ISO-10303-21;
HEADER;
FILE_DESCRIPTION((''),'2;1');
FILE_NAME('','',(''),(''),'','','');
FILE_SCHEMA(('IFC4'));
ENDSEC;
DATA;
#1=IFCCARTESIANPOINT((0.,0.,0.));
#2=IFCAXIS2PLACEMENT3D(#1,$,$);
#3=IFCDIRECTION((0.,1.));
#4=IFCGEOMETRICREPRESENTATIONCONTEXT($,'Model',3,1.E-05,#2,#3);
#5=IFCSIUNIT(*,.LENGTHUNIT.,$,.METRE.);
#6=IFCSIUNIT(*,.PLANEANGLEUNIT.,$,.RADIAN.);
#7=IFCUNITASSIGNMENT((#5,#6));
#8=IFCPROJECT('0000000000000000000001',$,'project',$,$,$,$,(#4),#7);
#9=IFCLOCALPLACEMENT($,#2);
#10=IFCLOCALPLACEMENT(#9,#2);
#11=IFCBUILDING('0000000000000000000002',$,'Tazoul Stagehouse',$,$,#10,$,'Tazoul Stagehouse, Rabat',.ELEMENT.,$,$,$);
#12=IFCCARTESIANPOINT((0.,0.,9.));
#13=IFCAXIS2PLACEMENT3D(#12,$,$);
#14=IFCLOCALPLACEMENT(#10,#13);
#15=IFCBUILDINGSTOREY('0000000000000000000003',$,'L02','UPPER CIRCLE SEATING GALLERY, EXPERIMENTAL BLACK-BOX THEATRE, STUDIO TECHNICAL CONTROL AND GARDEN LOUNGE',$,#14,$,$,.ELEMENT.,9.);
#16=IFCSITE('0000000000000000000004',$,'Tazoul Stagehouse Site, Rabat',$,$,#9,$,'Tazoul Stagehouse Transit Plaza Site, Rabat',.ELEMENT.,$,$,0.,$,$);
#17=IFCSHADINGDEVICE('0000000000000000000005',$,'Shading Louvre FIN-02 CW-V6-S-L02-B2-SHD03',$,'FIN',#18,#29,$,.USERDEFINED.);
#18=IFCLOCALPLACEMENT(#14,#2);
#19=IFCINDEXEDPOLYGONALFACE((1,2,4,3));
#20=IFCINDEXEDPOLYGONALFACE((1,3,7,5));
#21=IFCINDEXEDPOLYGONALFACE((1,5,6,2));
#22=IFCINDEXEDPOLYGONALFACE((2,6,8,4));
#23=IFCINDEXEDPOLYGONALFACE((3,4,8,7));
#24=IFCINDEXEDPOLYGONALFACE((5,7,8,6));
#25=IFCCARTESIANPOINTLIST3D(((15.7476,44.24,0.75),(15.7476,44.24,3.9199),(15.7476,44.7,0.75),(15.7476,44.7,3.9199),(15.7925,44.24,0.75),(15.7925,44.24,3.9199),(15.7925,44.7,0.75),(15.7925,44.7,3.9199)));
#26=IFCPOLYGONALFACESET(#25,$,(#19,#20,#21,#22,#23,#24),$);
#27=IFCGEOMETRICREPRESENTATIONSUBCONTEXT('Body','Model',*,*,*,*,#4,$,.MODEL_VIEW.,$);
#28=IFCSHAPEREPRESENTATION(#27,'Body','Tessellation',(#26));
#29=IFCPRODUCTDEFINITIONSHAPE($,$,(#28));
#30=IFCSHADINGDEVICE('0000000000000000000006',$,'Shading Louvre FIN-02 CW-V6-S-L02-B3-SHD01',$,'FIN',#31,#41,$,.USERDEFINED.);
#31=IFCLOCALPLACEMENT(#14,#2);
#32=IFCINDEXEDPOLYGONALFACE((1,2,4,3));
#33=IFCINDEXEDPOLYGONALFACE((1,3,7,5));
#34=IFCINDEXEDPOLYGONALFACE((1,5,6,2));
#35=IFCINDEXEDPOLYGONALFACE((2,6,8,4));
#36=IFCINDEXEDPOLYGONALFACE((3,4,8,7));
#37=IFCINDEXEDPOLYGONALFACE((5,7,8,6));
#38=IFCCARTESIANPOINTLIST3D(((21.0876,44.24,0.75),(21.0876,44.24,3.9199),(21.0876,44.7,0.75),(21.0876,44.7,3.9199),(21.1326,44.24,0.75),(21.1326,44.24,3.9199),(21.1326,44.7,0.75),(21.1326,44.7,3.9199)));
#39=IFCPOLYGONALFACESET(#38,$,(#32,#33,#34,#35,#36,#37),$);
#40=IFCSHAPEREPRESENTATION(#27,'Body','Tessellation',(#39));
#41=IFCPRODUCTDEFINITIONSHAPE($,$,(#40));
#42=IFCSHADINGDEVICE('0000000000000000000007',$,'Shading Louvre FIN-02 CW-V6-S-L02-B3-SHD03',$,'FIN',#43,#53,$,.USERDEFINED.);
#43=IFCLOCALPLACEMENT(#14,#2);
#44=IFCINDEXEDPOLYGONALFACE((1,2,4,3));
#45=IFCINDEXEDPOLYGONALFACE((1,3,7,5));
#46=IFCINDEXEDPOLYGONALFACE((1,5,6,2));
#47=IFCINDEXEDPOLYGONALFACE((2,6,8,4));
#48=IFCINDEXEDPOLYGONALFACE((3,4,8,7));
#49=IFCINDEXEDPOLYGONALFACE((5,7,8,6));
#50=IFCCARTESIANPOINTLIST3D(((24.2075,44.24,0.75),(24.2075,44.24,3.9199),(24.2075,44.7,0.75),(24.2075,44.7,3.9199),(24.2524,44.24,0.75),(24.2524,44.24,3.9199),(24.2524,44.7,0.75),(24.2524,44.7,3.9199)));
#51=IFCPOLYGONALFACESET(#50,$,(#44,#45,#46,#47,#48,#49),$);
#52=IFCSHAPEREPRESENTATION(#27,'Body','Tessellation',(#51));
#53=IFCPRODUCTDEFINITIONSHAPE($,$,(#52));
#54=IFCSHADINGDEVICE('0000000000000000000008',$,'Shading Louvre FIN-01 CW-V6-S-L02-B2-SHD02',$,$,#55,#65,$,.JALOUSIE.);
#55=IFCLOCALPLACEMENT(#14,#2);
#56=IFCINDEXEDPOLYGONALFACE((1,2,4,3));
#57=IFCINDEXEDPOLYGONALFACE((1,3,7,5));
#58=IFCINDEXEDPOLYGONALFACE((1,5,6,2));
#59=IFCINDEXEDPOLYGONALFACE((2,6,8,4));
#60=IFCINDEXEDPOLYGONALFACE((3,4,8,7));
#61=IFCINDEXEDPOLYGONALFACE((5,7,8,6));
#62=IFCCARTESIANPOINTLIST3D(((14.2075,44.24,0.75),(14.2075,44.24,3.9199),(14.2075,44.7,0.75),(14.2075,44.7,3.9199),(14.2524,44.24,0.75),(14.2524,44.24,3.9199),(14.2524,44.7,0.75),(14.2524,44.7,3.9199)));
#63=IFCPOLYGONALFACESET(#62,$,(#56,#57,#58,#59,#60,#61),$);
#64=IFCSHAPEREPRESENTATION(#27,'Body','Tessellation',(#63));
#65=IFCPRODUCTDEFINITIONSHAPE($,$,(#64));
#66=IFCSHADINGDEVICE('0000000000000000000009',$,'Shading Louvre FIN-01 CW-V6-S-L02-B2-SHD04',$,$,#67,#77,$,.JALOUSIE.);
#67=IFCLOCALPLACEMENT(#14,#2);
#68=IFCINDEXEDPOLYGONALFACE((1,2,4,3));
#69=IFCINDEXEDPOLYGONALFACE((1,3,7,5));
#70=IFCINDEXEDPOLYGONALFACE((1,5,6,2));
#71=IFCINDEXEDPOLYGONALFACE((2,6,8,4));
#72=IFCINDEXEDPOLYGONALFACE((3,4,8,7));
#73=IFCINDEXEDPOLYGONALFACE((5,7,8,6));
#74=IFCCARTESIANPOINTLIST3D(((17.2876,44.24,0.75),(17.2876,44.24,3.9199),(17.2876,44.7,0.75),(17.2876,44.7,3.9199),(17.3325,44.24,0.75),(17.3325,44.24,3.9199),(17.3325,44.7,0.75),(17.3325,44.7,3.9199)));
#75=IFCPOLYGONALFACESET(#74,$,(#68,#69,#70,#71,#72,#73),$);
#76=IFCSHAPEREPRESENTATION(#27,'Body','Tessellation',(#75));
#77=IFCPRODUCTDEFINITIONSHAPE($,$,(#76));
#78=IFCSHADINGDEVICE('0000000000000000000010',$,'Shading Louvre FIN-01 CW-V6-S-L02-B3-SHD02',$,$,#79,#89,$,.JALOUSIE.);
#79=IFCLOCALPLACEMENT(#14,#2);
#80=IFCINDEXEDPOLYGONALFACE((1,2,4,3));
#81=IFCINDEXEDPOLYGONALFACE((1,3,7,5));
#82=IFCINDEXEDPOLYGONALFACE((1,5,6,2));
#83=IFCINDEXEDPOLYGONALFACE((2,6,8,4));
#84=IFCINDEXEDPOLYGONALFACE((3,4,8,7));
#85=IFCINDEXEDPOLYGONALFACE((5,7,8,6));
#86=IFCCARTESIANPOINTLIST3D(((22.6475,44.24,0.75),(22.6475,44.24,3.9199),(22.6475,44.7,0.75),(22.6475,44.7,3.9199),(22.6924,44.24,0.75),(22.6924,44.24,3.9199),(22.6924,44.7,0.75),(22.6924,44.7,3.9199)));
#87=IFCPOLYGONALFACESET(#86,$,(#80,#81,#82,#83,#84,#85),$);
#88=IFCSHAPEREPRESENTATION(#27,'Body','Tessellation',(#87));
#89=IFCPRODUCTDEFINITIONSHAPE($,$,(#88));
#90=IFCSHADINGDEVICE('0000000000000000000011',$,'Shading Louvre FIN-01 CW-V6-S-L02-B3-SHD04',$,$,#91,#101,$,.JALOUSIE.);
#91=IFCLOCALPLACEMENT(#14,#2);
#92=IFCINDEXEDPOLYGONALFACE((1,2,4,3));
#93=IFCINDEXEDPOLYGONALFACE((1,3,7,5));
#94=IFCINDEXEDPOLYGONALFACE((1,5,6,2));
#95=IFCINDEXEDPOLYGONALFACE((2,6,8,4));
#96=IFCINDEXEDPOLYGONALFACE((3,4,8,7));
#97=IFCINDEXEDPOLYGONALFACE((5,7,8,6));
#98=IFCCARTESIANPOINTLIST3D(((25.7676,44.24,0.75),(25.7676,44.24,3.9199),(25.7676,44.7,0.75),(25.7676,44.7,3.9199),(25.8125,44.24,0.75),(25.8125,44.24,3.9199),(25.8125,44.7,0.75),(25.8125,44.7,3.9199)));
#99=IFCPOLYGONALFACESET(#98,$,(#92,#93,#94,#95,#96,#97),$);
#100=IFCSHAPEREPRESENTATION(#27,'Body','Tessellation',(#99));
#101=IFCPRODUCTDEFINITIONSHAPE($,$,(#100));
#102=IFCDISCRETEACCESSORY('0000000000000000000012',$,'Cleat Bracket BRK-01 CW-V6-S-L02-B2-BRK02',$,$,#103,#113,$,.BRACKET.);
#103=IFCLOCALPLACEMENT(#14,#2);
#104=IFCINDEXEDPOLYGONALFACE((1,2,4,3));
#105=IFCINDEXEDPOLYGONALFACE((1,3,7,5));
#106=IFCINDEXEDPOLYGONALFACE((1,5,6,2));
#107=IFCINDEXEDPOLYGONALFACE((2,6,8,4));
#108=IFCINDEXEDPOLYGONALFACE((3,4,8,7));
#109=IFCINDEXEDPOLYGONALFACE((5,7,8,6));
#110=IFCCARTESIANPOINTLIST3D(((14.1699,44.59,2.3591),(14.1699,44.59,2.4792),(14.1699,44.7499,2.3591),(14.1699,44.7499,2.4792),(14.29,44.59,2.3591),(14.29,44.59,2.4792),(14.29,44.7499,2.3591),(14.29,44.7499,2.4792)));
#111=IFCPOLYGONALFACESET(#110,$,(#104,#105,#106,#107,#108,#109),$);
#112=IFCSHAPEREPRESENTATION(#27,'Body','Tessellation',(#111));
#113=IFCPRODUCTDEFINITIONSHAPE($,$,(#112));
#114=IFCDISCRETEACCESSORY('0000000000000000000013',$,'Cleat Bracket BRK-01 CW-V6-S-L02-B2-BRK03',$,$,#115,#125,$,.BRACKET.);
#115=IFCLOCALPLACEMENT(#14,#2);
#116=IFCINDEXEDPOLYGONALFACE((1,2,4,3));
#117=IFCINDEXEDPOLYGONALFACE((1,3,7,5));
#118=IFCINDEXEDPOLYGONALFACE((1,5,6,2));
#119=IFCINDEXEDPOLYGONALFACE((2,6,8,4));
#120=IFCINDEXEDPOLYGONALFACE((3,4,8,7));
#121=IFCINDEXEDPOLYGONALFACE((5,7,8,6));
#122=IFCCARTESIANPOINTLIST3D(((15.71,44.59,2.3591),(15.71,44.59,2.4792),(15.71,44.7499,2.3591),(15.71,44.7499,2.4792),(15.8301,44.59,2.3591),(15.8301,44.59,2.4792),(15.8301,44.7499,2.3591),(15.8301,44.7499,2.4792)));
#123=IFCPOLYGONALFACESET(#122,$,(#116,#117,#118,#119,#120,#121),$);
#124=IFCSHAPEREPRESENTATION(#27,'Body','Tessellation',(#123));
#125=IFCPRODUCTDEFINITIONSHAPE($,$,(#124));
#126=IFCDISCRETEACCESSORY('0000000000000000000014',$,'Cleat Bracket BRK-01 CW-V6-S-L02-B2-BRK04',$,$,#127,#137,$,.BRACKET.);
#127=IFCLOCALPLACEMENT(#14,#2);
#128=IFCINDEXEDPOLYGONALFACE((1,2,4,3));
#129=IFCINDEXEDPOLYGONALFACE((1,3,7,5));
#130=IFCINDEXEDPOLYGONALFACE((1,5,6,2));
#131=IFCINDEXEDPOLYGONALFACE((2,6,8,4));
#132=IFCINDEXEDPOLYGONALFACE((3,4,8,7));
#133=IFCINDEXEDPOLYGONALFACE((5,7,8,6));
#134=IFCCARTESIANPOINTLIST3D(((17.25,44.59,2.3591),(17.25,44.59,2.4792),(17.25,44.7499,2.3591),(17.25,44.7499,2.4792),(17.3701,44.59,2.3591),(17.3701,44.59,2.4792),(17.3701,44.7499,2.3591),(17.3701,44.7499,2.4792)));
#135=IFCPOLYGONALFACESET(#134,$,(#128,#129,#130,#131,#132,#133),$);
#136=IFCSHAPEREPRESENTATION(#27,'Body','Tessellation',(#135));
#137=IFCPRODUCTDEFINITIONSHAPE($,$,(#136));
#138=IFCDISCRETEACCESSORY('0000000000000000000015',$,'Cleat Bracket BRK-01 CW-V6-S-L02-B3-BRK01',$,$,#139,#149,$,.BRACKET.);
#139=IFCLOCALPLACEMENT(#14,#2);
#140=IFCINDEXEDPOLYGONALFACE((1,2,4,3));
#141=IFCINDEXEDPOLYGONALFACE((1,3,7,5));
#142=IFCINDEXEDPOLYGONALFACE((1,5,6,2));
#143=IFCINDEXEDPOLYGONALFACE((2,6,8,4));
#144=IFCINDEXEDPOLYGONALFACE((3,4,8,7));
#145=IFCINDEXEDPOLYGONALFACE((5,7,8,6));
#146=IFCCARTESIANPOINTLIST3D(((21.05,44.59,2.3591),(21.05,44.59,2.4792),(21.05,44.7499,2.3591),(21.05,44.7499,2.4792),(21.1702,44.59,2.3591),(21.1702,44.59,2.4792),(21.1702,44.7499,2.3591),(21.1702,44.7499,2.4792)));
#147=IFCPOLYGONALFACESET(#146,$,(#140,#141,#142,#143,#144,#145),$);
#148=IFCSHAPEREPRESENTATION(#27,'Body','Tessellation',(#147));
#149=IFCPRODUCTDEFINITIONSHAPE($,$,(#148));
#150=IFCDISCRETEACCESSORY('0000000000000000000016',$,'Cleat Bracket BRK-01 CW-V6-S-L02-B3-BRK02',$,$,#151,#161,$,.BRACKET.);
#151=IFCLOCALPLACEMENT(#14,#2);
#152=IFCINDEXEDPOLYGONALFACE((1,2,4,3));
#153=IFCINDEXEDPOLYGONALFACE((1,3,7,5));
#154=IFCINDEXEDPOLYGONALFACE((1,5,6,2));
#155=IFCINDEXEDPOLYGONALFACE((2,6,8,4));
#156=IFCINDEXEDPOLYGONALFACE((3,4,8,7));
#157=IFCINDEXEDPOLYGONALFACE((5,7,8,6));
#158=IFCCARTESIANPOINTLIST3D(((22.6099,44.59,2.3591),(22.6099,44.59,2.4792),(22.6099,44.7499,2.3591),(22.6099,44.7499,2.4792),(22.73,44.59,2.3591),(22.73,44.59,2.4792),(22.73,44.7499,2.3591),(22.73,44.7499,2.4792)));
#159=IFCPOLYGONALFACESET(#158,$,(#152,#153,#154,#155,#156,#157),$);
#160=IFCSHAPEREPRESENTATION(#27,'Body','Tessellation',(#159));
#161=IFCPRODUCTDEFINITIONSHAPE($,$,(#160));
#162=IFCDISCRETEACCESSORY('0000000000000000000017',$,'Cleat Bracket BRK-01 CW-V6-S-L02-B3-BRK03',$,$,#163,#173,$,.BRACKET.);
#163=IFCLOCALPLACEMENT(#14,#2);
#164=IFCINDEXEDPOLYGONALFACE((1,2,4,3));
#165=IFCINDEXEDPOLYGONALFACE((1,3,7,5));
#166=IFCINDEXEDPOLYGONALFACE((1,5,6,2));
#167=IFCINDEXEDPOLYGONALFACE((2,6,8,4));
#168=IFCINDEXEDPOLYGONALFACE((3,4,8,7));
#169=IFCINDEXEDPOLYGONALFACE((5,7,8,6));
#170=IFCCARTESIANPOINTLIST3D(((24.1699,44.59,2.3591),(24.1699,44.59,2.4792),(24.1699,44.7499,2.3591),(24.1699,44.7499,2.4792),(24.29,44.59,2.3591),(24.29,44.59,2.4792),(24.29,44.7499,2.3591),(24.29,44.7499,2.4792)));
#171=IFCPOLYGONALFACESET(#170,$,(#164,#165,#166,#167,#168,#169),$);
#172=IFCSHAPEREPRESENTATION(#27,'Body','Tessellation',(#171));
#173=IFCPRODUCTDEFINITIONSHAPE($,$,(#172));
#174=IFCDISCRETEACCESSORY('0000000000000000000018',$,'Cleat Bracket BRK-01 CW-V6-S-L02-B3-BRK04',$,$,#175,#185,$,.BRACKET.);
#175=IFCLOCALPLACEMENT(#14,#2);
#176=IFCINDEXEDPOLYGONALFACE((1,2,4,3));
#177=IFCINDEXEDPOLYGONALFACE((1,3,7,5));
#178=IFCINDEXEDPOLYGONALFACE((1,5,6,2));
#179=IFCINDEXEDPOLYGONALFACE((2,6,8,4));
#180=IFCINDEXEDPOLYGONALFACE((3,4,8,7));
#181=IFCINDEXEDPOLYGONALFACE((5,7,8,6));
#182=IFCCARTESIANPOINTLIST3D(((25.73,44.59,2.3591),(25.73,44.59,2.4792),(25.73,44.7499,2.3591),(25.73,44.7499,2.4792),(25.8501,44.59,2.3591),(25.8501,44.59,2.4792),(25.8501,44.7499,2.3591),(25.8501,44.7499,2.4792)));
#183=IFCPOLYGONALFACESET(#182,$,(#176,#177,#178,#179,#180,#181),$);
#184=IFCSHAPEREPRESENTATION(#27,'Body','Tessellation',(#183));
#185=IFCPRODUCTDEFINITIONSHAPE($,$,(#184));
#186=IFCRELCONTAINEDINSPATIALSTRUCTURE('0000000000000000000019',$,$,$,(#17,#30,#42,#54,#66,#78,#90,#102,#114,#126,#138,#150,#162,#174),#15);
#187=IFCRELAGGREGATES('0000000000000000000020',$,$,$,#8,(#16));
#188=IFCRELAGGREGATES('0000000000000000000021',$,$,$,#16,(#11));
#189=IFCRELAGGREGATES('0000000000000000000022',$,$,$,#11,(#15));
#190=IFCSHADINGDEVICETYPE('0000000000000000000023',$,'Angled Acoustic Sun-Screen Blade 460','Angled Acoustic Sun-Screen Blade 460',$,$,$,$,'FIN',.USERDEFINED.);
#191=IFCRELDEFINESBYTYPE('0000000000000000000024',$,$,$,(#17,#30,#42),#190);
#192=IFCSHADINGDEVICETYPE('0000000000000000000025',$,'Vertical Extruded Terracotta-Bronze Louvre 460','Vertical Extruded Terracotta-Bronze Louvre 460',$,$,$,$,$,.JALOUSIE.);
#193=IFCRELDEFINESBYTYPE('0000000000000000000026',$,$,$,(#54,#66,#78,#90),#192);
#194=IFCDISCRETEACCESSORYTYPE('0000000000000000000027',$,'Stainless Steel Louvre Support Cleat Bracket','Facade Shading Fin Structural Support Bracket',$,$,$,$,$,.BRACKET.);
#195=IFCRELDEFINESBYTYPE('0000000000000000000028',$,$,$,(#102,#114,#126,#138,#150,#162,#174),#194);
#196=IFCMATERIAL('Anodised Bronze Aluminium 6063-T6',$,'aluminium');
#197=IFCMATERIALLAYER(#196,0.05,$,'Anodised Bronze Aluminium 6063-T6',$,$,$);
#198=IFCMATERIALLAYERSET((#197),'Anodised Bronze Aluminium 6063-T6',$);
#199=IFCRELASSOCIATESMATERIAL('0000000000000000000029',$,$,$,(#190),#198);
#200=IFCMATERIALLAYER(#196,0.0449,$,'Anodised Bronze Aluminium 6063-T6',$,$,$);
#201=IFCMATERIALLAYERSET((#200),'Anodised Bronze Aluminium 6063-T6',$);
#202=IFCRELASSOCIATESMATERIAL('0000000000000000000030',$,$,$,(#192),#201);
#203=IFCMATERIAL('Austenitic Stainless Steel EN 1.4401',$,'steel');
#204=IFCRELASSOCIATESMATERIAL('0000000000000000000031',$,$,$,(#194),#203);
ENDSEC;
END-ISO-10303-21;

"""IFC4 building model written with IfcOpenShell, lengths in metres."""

from ifc_helpers import new_model, si_unit, direction, frame, origin, origin_2d, place, context, subcontext, project, spatial, rectangle, extrude, material, layer, layer_set, type_object, element, save


model = new_model("IFC4")

# Units and contexts
model_context = context("Model", 3, precision=1e-05, world=origin(), true_north=direction((0.0, 1.0)))
body_context = subcontext(model_context, "Body", "Model", "MODEL_VIEW")
ifc_project = project(units=[si_unit("LENGTHUNIT", "METRE"), si_unit("PLANEANGLEUNIT", "RADIAN")], contexts=[model_context])

# Site, building, storey
site_placement = place(None, origin())
site = spatial("IfcSite", under=ifc_project, at=site_placement, Name="Tazoul Stagehouse Site, Rabat", LongName="Tazoul Stagehouse Transit Plaza Site, Rabat", CompositionType="ELEMENT", RefElevation=0.0)
building_placement = place(site_placement, origin())
building = spatial("IfcBuilding", under=site, at=building_placement, Name="Tazoul Stagehouse", LongName="Tazoul Stagehouse, Rabat", CompositionType="ELEMENT")
storey_placement = place(building_placement, frame((0.0, 0.0, 9.0)))
storey = spatial("IfcBuildingStorey", under=building, at=storey_placement, Name="L02", Description="UPPER CIRCLE SEATING GALLERY, EXPERIMENTAL BLACK-BOX THEATRE, STUDIO TECHNICAL CONTROL AND GARDEN LOUNGE", CompositionType="ELEMENT", Elevation=9.0)

# Shared definitions
ifc_material_1 = material(Name="Anodised Bronze Aluminium 6063-T6", Category="aluminium")

# Shading devices
ifc_layer_1 = layer(ifc_material_1, 0.05, Name="Anodised Bronze Aluminium 6063-T6")
ifc_layer_set_1 = layer_set([ifc_layer_1], Name="Anodised Bronze Aluminium 6063-T6")
shading_device_type_1 = type_object("IfcShadingDeviceType", Name="Angled Acoustic Sun-Screen Blade 460", Description="Angled Acoustic Sun-Screen Blade 460", ElementType="FIN", PredefinedType="USERDEFINED", material=ifc_layer_set_1)
for number, where, z_axis, x_axis, name in (
    (1, (15.77, 44.47, 0.75), (0.0, 0.0, 1.0), (1.0, 0.0, 0.0), "Shading Louvre FIN-02 CW-V6-S-L02-B2-SHD03"),
    (2, (21.1101, 44.47, 0.75), (0.0, 0.0, 1.0), (1.0, 0.0, 0.0), "Shading Louvre FIN-02 CW-V6-S-L02-B3-SHD01"),
    (3, (24.23, 44.47, 0.75), (0.0, 0.0, 1.0), (1.0, 0.0, 0.0), "Shading Louvre FIN-02 CW-V6-S-L02-B3-SHD03"),
):
    element("IfcShadingDevice", number, at=place(storey_placement, frame(where, z_axis=z_axis, x_axis=x_axis)), inside=storey, type_object=shading_device_type_1, Name=name, ObjectType="FIN", PredefinedType="USERDEFINED", context=body_context, shape_type="SweptSolid", body=[
        extrude(rectangle(XDim=0.0449, YDim=0.46, at=origin_2d()), origin(), (0.0, 0.0, 1.0), 3.1699),
    ])
ifc_layer_2 = layer(ifc_material_1, 0.0449, Name="Anodised Bronze Aluminium 6063-T6")
ifc_layer_set_2 = layer_set([ifc_layer_2], Name="Anodised Bronze Aluminium 6063-T6")
shading_device_type_2 = type_object("IfcShadingDeviceType", Name="Vertical Extruded Terracotta-Bronze Louvre 460", Description="Vertical Extruded Terracotta-Bronze Louvre 460", PredefinedType="JALOUSIE", material=ifc_layer_set_2)
for number, where, z_axis, x_axis, name in (
    (4, (14.23, 44.47, 0.75), (0.0, 0.0, 1.0), (1.0, 0.0, 0.0), "Shading Louvre FIN-01 CW-V6-S-L02-B2-SHD02"),
    (5, (17.3101, 44.47, 0.75), (0.0, 0.0, 1.0), (1.0, 0.0, 0.0), "Shading Louvre FIN-01 CW-V6-S-L02-B2-SHD04"),
    (6, (22.6699, 44.47, 0.75), (0.0, 0.0, 1.0), (1.0, 0.0, 0.0), "Shading Louvre FIN-01 CW-V6-S-L02-B3-SHD02"),
    (7, (25.79, 44.47, 0.75), (0.0, 0.0, 1.0), (1.0, 0.0, 0.0), "Shading Louvre FIN-01 CW-V6-S-L02-B3-SHD04"),
):
    element("IfcShadingDevice", number, at=place(storey_placement, frame(where, z_axis=z_axis, x_axis=x_axis)), inside=storey, type_object=shading_device_type_2, Name=name, PredefinedType="JALOUSIE", context=body_context, shape_type="SweptSolid", body=[
        extrude(rectangle(XDim=0.0449, YDim=0.46, at=origin_2d()), origin(), (0.0, 0.0, 1.0), 3.1699),
    ])

# Discrete accessories
ifc_material_2 = material(Name="Austenitic Stainless Steel EN 1.4401", Category="steel")
discrete_accessory_type = type_object("IfcDiscreteAccessoryType", Name="Stainless Steel Louvre Support Cleat Bracket", Description="Facade Shading Fin Structural Support Bracket", PredefinedType="BRACKET", material=ifc_material_2)
for number, where, z_axis, x_axis, name in (
    (8, (14.23, 44.6699, 2.3591), (0.0, 0.0, 1.0), (1.0, 0.0, 0.0), "Cleat Bracket BRK-01 CW-V6-S-L02-B2-BRK02"),
    (9, (15.77, 44.6699, 2.3591), (0.0, 0.0, 1.0), (1.0, 0.0, 0.0), "Cleat Bracket BRK-01 CW-V6-S-L02-B2-BRK03"),
    (10, (17.3101, 44.6699, 2.3591), (0.0, 0.0, 1.0), (1.0, 0.0, 0.0), "Cleat Bracket BRK-01 CW-V6-S-L02-B2-BRK04"),
    (11, (21.1101, 44.6699, 2.3591), (0.0, 0.0, 1.0), (1.0, 0.0, 0.0), "Cleat Bracket BRK-01 CW-V6-S-L02-B3-BRK01"),
    (12, (22.6699, 44.6699, 2.3591), (0.0, 0.0, 1.0), (1.0, 0.0, 0.0), "Cleat Bracket BRK-01 CW-V6-S-L02-B3-BRK02"),
    (13, (24.23, 44.6699, 2.3591), (0.0, 0.0, 1.0), (1.0, 0.0, 0.0), "Cleat Bracket BRK-01 CW-V6-S-L02-B3-BRK03"),
    (14, (25.79, 44.6699, 2.3591), (0.0, 0.0, 1.0), (1.0, 0.0, 0.0), "Cleat Bracket BRK-01 CW-V6-S-L02-B3-BRK04"),
):
    element("IfcDiscreteAccessory", number, at=place(storey_placement, frame(where, z_axis=z_axis, x_axis=x_axis)), inside=storey, type_object=discrete_accessory_type, Name=name, PredefinedType="BRACKET", context=body_context, shape_type="SweptSolid", body=[
        extrude(rectangle(XDim=0.1201, YDim=0.1599, at=origin_2d()), origin(), (0.0, 0.0, 1.0), 0.1201),
    ])

save(model, "model.ifc")
